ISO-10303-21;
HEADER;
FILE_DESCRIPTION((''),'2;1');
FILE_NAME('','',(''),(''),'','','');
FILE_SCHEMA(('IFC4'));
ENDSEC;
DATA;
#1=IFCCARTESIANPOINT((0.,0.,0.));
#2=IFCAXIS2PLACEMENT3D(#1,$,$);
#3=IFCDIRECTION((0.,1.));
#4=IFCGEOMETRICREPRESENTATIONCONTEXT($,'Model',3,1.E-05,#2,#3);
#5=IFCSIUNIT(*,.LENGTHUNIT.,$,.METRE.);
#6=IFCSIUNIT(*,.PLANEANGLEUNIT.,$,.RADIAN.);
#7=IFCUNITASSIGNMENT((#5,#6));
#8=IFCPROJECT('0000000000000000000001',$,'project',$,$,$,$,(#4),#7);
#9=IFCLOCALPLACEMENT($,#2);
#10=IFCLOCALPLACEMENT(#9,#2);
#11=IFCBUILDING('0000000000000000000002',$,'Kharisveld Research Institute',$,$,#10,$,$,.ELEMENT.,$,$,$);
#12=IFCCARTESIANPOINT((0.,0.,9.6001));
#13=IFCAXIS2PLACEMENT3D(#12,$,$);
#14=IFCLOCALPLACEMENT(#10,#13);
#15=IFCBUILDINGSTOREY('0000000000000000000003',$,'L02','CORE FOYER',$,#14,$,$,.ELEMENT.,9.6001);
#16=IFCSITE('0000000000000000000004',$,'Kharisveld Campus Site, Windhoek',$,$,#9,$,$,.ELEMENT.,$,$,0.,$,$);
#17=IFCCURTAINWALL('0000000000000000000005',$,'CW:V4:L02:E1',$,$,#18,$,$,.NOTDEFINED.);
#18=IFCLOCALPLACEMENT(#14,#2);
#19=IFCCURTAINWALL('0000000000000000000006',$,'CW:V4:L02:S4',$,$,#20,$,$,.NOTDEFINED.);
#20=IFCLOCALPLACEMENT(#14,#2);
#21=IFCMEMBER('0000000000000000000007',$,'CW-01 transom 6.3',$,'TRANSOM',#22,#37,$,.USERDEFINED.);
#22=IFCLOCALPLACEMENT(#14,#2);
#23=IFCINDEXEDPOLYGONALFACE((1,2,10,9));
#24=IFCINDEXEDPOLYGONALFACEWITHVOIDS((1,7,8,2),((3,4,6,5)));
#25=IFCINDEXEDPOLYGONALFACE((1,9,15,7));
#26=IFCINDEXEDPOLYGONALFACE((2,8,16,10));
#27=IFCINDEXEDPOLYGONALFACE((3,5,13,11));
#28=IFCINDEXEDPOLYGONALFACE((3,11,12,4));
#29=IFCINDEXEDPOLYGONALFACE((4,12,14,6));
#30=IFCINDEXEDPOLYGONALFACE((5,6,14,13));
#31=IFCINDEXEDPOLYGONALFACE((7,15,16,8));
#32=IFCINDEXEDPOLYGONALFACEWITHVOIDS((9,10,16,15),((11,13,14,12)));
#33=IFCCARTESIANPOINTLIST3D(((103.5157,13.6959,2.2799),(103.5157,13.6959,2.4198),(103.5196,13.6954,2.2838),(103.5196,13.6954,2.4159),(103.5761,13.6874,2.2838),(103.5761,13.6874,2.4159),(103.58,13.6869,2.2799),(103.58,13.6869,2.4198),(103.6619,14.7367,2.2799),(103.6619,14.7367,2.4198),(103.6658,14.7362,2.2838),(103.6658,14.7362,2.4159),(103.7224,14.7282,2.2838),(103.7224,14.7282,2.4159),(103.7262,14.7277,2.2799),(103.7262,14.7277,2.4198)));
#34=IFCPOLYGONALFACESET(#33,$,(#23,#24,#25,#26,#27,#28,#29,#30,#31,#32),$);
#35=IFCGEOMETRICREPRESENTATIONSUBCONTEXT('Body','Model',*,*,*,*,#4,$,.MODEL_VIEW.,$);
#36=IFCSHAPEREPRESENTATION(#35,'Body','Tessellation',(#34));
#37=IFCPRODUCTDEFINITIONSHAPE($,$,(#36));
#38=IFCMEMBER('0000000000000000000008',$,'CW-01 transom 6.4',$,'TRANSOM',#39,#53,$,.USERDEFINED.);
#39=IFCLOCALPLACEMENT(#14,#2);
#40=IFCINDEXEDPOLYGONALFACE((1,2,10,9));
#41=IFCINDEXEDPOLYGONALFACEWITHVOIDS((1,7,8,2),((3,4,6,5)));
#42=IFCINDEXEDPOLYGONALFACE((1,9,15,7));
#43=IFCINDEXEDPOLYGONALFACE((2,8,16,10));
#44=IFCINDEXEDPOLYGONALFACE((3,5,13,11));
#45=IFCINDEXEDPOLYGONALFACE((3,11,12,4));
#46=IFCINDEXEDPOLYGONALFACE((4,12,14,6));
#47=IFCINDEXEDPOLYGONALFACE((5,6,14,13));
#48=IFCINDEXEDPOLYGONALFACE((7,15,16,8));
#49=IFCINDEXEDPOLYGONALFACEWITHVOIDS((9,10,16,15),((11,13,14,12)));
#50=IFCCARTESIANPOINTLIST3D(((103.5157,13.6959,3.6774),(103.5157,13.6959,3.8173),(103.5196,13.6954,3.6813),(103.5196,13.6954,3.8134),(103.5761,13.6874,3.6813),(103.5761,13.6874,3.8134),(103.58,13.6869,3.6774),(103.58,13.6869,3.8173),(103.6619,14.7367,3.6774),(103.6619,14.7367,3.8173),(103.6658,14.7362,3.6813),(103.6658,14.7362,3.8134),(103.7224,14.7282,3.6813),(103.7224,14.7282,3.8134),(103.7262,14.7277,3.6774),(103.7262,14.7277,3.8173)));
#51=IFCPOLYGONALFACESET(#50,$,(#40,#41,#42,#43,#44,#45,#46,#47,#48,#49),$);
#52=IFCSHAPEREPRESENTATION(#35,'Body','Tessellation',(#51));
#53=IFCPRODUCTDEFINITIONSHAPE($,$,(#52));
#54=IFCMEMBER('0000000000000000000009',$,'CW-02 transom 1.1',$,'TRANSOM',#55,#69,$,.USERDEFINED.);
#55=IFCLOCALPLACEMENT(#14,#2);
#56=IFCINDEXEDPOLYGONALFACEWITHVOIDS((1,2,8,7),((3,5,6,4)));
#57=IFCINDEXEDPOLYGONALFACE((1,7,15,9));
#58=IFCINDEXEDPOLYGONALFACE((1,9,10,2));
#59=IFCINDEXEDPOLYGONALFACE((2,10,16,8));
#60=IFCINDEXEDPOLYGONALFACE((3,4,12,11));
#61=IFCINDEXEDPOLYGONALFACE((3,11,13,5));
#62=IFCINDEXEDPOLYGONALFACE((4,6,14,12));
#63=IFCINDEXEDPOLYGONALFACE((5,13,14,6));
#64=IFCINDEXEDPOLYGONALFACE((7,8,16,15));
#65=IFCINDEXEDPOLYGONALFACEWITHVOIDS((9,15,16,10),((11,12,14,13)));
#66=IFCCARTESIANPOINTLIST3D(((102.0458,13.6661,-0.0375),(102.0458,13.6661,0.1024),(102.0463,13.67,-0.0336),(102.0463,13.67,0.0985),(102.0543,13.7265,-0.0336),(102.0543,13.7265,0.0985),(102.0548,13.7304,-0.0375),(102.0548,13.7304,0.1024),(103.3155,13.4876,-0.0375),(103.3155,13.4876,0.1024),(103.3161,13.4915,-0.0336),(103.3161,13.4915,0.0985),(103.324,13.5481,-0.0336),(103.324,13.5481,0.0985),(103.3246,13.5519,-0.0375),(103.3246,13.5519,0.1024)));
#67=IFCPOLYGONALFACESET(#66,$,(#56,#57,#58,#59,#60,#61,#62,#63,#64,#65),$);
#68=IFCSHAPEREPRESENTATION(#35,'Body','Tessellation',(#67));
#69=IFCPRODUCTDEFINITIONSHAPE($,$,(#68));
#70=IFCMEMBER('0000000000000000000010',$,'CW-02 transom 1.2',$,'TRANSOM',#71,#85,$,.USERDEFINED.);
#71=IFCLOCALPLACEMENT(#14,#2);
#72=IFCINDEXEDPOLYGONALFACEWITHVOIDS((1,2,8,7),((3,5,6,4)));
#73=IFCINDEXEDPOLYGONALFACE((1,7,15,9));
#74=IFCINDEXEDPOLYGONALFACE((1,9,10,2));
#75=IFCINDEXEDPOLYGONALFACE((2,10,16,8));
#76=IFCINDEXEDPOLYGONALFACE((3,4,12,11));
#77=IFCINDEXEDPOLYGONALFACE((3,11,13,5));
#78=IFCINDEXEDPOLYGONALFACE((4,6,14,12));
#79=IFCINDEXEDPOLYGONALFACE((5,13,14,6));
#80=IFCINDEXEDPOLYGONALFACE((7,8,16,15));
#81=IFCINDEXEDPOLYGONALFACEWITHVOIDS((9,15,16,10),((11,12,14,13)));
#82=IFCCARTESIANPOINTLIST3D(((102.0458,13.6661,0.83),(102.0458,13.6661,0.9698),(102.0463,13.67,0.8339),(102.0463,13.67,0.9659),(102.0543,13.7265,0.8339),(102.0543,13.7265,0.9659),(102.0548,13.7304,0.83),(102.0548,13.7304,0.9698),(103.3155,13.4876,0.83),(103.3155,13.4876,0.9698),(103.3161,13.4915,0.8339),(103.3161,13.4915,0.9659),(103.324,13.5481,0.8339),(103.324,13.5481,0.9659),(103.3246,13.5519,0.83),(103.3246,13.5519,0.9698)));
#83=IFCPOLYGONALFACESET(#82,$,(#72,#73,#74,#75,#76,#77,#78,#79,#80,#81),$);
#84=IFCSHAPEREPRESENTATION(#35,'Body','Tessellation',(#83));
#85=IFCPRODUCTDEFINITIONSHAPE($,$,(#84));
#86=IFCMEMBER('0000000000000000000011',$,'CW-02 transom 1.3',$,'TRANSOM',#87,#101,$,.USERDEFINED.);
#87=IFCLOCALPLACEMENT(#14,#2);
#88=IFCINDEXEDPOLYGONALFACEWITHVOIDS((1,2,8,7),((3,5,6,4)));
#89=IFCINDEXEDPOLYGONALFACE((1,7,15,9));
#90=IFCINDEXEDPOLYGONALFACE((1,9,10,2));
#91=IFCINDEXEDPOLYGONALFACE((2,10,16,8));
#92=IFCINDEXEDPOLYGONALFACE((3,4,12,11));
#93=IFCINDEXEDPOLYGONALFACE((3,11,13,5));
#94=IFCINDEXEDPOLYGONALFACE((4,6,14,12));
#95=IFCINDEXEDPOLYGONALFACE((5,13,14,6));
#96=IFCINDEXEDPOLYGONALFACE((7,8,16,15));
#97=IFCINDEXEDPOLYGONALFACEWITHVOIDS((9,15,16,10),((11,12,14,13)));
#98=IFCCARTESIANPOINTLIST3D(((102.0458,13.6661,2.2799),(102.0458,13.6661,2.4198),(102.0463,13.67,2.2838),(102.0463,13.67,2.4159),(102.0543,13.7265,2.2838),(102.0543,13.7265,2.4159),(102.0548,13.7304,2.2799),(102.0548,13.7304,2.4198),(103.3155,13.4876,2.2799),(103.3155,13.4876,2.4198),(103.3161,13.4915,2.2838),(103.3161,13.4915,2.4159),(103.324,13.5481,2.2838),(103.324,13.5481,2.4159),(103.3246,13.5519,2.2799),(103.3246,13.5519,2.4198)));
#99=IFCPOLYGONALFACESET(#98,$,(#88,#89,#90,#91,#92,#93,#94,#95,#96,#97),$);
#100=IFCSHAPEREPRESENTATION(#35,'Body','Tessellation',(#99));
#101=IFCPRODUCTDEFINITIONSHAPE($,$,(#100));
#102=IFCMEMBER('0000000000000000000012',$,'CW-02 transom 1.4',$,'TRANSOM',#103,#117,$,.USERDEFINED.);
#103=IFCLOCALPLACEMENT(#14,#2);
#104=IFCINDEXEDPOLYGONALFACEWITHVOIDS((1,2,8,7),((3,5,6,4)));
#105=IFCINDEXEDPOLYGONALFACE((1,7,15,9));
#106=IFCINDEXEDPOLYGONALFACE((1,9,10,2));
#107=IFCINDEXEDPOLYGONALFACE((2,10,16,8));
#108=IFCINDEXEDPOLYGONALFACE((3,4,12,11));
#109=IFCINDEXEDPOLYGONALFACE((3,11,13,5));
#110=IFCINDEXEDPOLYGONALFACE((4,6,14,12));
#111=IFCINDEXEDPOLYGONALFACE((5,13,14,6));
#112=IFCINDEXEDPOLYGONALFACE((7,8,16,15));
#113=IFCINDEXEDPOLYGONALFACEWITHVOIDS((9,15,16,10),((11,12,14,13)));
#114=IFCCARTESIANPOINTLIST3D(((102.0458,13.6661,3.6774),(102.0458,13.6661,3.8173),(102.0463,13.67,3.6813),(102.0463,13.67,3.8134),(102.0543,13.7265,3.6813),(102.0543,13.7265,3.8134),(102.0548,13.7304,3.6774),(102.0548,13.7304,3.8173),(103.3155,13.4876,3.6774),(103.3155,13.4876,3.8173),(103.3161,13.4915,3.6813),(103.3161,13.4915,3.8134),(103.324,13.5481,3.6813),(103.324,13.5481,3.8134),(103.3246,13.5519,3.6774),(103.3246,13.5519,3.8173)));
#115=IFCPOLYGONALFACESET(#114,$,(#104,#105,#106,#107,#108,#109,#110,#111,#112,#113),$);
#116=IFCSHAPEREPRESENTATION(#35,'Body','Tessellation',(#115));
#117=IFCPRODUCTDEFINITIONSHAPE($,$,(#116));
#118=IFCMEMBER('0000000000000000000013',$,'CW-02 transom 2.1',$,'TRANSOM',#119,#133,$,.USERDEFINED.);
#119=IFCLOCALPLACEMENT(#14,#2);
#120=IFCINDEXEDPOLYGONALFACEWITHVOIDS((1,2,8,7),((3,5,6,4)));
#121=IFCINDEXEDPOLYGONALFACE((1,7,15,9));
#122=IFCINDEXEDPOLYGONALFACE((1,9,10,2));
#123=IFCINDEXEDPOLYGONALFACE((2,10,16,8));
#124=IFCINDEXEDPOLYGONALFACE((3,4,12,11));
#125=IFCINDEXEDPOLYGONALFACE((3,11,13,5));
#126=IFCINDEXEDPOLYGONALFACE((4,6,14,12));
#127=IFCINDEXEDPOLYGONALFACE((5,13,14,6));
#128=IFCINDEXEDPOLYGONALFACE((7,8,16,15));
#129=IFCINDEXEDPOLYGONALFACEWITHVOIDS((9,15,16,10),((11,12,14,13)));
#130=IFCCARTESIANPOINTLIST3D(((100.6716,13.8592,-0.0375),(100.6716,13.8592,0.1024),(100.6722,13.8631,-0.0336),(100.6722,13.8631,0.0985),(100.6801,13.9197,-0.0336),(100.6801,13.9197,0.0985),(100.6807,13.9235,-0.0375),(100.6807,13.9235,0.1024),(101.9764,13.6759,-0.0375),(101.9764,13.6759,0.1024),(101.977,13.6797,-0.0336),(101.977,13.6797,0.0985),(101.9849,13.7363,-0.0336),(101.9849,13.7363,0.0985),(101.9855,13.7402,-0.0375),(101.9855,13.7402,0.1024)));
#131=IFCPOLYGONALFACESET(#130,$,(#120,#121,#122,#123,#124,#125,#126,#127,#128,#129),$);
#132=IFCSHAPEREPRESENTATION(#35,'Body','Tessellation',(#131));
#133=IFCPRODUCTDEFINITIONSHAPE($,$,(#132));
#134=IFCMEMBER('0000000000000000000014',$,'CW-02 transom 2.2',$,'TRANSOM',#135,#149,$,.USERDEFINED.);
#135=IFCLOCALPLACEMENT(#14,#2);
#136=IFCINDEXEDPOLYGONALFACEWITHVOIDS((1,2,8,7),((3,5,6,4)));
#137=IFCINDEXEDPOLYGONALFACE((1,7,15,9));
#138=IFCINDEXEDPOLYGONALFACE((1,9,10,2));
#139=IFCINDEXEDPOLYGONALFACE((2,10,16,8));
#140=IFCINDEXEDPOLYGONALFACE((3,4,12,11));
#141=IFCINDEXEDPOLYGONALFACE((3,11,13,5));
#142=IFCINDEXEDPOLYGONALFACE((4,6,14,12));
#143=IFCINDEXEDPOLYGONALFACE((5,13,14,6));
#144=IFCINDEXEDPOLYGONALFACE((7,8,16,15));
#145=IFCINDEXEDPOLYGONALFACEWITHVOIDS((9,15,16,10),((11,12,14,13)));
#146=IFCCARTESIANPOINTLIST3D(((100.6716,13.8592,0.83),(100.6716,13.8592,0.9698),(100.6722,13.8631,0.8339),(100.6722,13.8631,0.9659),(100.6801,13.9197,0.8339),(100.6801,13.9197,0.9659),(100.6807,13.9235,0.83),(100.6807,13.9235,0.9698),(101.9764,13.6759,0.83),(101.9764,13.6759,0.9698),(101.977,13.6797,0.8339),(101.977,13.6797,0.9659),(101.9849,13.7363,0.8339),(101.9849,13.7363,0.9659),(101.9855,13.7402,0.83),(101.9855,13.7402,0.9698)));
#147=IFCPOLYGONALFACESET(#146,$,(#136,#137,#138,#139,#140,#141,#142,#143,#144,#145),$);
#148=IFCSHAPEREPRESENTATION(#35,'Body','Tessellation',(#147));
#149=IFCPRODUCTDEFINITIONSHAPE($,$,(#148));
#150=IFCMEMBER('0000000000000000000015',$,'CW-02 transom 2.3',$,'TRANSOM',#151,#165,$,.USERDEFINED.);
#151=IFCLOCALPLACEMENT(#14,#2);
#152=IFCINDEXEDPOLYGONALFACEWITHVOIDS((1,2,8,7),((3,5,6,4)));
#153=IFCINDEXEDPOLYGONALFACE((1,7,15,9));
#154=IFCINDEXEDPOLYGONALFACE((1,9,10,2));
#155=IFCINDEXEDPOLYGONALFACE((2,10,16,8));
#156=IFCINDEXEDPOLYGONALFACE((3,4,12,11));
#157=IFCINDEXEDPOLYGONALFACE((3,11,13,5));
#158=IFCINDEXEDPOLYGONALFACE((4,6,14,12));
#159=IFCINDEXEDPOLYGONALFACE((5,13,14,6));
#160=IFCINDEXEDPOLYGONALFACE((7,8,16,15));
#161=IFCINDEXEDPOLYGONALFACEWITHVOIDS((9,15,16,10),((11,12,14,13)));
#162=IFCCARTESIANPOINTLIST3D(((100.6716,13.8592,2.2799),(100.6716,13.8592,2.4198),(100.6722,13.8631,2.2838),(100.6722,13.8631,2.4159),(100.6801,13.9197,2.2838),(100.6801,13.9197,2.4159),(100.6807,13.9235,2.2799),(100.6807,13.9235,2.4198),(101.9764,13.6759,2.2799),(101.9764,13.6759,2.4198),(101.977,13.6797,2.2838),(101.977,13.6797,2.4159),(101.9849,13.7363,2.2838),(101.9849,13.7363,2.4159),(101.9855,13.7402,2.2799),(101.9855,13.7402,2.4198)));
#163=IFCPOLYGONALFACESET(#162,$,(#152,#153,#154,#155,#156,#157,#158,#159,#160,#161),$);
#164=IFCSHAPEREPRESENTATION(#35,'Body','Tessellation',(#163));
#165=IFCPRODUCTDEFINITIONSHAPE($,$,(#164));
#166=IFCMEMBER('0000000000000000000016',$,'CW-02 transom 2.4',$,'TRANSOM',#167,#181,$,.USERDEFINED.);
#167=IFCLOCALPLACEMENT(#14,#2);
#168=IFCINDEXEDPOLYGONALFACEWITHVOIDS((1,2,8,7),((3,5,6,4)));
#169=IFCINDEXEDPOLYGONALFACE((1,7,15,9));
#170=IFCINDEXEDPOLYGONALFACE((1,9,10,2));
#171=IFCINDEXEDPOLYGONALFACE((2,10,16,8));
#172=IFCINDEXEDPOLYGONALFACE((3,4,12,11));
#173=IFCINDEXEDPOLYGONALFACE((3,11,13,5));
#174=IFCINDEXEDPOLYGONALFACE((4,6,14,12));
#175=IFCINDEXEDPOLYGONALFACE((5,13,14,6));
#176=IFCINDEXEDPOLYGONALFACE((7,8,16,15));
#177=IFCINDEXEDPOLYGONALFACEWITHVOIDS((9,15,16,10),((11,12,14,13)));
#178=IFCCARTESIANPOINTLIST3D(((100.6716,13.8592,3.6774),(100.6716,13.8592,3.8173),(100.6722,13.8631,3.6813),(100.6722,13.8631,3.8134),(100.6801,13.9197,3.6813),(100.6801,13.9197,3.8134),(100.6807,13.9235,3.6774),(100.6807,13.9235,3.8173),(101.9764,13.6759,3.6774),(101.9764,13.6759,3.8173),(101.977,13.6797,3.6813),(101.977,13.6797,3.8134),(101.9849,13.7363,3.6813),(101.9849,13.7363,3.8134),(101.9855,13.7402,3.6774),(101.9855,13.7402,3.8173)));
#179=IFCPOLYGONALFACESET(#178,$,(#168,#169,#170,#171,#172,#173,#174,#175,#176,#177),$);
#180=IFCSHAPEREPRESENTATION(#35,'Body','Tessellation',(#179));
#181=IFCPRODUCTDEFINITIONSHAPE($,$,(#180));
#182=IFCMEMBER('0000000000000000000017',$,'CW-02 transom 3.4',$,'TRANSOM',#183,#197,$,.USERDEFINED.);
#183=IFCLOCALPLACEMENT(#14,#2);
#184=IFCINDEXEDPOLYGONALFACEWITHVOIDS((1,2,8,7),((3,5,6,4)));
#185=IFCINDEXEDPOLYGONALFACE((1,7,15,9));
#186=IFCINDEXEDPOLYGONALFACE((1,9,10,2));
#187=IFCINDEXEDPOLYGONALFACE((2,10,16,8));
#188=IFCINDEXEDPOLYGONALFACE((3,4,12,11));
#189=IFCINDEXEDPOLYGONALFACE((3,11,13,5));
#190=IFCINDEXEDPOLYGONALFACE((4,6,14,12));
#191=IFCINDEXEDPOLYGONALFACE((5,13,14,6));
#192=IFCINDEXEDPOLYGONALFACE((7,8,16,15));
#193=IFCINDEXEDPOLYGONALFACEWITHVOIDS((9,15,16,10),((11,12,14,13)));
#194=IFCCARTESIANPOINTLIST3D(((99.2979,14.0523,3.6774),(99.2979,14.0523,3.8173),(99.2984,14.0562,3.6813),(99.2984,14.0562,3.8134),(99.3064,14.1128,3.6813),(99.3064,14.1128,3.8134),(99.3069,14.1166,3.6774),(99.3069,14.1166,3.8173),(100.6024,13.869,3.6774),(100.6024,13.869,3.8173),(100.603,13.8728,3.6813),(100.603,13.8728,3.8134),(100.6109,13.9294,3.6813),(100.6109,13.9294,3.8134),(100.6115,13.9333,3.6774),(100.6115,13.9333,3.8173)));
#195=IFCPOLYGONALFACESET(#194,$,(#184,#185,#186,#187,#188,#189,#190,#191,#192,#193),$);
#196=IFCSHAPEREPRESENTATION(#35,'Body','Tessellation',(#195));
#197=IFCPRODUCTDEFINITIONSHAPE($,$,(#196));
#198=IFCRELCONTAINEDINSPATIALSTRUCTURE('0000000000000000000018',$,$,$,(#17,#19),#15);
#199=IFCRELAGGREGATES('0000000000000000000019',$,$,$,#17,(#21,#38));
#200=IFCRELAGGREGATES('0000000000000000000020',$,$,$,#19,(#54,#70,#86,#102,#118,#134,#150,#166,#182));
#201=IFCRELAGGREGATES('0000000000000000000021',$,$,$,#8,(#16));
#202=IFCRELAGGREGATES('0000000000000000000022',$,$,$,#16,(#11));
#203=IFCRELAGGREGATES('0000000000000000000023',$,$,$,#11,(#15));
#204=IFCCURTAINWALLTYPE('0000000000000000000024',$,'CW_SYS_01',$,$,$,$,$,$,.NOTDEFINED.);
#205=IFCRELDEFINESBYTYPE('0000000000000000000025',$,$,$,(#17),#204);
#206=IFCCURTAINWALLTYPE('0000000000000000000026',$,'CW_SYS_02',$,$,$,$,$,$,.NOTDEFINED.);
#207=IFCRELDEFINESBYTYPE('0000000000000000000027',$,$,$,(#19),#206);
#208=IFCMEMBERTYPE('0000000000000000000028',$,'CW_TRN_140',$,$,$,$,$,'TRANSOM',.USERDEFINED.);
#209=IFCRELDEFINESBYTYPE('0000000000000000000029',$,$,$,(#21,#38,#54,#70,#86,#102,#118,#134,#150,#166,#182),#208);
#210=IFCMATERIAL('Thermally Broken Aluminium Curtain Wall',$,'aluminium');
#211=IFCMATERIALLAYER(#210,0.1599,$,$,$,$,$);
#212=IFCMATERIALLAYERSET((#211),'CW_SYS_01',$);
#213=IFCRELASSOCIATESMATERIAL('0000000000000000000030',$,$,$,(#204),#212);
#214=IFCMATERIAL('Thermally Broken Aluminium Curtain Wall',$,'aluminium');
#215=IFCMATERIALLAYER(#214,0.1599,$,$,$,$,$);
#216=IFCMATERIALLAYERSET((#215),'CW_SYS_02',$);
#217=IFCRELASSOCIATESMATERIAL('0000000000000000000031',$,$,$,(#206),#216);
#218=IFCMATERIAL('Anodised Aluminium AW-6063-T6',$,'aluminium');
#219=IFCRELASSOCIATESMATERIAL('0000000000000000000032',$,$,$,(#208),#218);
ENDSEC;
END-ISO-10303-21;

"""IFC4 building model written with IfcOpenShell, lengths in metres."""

from ifc_helpers import new_model, si_unit, direction, frame, origin, origin_2d, place, context, subcontext, project, spatial, hollow_rectangle, extrude, material, layer, layer_set, material_profile, profile_set, type_object, element, aggregate, save


model = new_model("IFC4")

# Units and contexts
model_context = context("Model", 3, precision=1e-05, world=origin(), true_north=direction((0.0, 1.0)))
body_context = subcontext(model_context, "Body", "Model", "MODEL_VIEW")
ifc_project = project(units=[si_unit("LENGTHUNIT", "METRE"), si_unit("PLANEANGLEUNIT", "RADIAN")], contexts=[model_context])

# Site, building, storey
site_placement = place(None, origin())
site = spatial("IfcSite", under=ifc_project, at=site_placement, Name="Kharisveld Campus Site, Windhoek", CompositionType="ELEMENT", RefElevation=0.0)
building_placement = place(site_placement, origin())
building = spatial("IfcBuilding", under=site, at=building_placement, Name="Kharisveld Research Institute", CompositionType="ELEMENT")
storey_placement = place(building_placement, frame((0.0, 0.0, 9.6001)))
storey = spatial("IfcBuildingStorey", under=building, at=storey_placement, Name="L02", Description="CORE FOYER", CompositionType="ELEMENT", Elevation=9.6001)

# Curtain walls
ifc_material_1 = material(Name="Thermally Broken Aluminium Curtain Wall", Category="aluminium")
ifc_layer_1 = layer(ifc_material_1, 0.1599)
ifc_layer_set_1 = layer_set([ifc_layer_1], Name="CW_SYS_01")
curtain_wall_type_1 = type_object("IfcCurtainWallType", Name="CW_SYS_01", PredefinedType="NOTDEFINED", material=ifc_layer_set_1)
curtain_wall_1_placement = place(storey_placement, origin())
curtain_wall_1 = element("IfcCurtainWall", 1, at=curtain_wall_1_placement, inside=storey, type_object=curtain_wall_type_1, Name="CW:V4:L02:E1", PredefinedType="NOTDEFINED")
ifc_material_2 = material(Name="Thermally Broken Aluminium Curtain Wall", Category="aluminium")
ifc_layer_2 = layer(ifc_material_2, 0.1599)
ifc_layer_set_2 = layer_set([ifc_layer_2], Name="CW_SYS_02")
curtain_wall_type_2 = type_object("IfcCurtainWallType", Name="CW_SYS_02", PredefinedType="NOTDEFINED", material=ifc_layer_set_2)
curtain_wall_2_placement = place(storey_placement, origin())
curtain_wall_2 = element("IfcCurtainWall", 2, at=curtain_wall_2_placement, inside=storey, type_object=curtain_wall_type_2, Name="CW:V4:L02:S4", PredefinedType="NOTDEFINED")

# Members
ifc_material_3 = material(Name="Anodised Aluminium AW-6063-T6", Category="aluminium")
ifc_material_profile_1 = material_profile(ifc_material_3, hollow_rectangle(XDim=0.0649, YDim=0.1399, WallThickness=0.0039, at=origin_2d()))
ifc_profile_set_1 = profile_set([ifc_material_profile_1], Name="Anodised Aluminium AW-6063-T6")
member_type_1 = type_object("IfcMemberType", Name="CW_TRN_140", ElementType="TRANSOM", PredefinedType="USERDEFINED", material=ifc_profile_set_1)
member_1_placement = place(storey_placement, frame((103.6941, 14.7322, 2.3499), z_axis=(-0.139144, -0.990272, 0.0), x_axis=(0.990272, -0.139144, 0.0)))
member_1 = element("IfcMember", 3, at=member_1_placement, type_object=member_type_1, Name="CW-01 transom 6.3", ObjectType="TRANSOM", PredefinedType="USERDEFINED", context=body_context, shape_type="SweptSolid", body=[
    extrude(hollow_rectangle(XDim=0.0649, YDim=0.1399, WallThickness=0.0039, at=origin_2d()), origin(), (0.0, 0.0, 1.0), 1.051),
])
member_2_placement = place(storey_placement, frame((103.6941, 14.7322, 3.7473), z_axis=(-0.139144, -0.990272, 0.0), x_axis=(0.990272, -0.139144, 0.0)))
member_2 = element("IfcMember", 4, at=member_2_placement, type_object=member_type_1, Name="CW-01 transom 6.4", ObjectType="TRANSOM", PredefinedType="USERDEFINED", context=body_context, shape_type="SweptSolid", body=[
    extrude(hollow_rectangle(XDim=0.0649, YDim=0.1399, WallThickness=0.0039, at=origin_2d()), origin(), (0.0, 0.0, 1.0), 1.051),
])
member_3_placement = place(storey_placement, frame((103.3201, 13.5198, 0.0325), z_axis=(-0.990267, 0.139182, 0.0), x_axis=(-0.139182, -0.990267, 0.0)))
member_3 = element("IfcMember", 5, at=member_3_placement, type_object=member_type_1, Name="CW-02 transom 1.1", ObjectType="TRANSOM", PredefinedType="USERDEFINED", context=body_context, shape_type="SweptSolid", body=[
    extrude(hollow_rectangle(XDim=0.0649, YDim=0.1399, WallThickness=0.0039, at=origin_2d()), origin(), (0.0, 0.0, 1.0), 1.2822),
])
member_4_placement = place(storey_placement, frame((103.3201, 13.5198, 0.8999), z_axis=(-0.990267, 0.139182, 0.0), x_axis=(-0.139182, -0.990267, 0.0)))
member_4 = element("IfcMember", 6, at=member_4_placement, type_object=member_type_1, Name="CW-02 transom 1.2", ObjectType="TRANSOM", PredefinedType="USERDEFINED", context=body_context, shape_type="SweptSolid", body=[
    extrude(hollow_rectangle(XDim=0.0649, YDim=0.1399, WallThickness=0.0039, at=origin_2d()), origin(), (0.0, 0.0, 1.0), 1.2822),
])
member_5_placement = place(storey_placement, frame((103.3201, 13.5198, 2.3499), z_axis=(-0.990267, 0.139182, 0.0), x_axis=(-0.139182, -0.990267, 0.0)))
member_5 = element("IfcMember", 7, at=member_5_placement, type_object=member_type_1, Name="CW-02 transom 1.3", ObjectType="TRANSOM", PredefinedType="USERDEFINED", context=body_context, shape_type="SweptSolid", body=[
    extrude(hollow_rectangle(XDim=0.0649, YDim=0.1399, WallThickness=0.0039, at=origin_2d()), origin(), (0.0, 0.0, 1.0), 1.2822),
])
member_6_placement = place(storey_placement, frame((103.3201, 13.5198, 3.7473), z_axis=(-0.990267, 0.139182, 0.0), x_axis=(-0.139182, -0.990267, 0.0)))
member_6 = element("IfcMember", 8, at=member_6_placement, type_object=member_type_1, Name="CW-02 transom 1.4", ObjectType="TRANSOM", PredefinedType="USERDEFINED", context=body_context, shape_type="SweptSolid", body=[
    extrude(hollow_rectangle(XDim=0.0649, YDim=0.1399, WallThickness=0.0039, at=origin_2d()), origin(), (0.0, 0.0, 1.0), 1.2822),
])
member_7_placement = place(storey_placement, frame((101.981, 13.708, 0.0325), z_axis=(-0.990269, 0.139164, 0.0), x_axis=(-0.139164, -0.990269, 0.0)))
member_7 = element("IfcMember", 9, at=member_7_placement, type_object=member_type_1, Name="CW-02 transom 2.1", ObjectType="TRANSOM", PredefinedType="USERDEFINED", context=body_context, shape_type="SweptSolid", body=[
    extrude(hollow_rectangle(XDim=0.0649, YDim=0.1399, WallThickness=0.0039, at=origin_2d()), origin(), (0.0, 0.0, 1.0), 1.3176),
])
member_8_placement = place(storey_placement, frame((101.981, 13.708, 0.8999), z_axis=(-0.990269, 0.139164, 0.0), x_axis=(-0.139164, -0.990269, 0.0)))
member_8 = element("IfcMember", 10, at=member_8_placement, type_object=member_type_1, Name="CW-02 transom 2.2", ObjectType="TRANSOM", PredefinedType="USERDEFINED", context=body_context, shape_type="SweptSolid", body=[
    extrude(hollow_rectangle(XDim=0.0649, YDim=0.1399, WallThickness=0.0039, at=origin_2d()), origin(), (0.0, 0.0, 1.0), 1.3176),
])
member_9_placement = place(storey_placement, frame((101.981, 13.708, 2.3499), z_axis=(-0.990269, 0.139164, 0.0), x_axis=(-0.139164, -0.990269, 0.0)))
member_9 = element("IfcMember", 11, at=member_9_placement, type_object=member_type_1, Name="CW-02 transom 2.3", ObjectType="TRANSOM", PredefinedType="USERDEFINED", context=body_context, shape_type="SweptSolid", body=[
    extrude(hollow_rectangle(XDim=0.0649, YDim=0.1399, WallThickness=0.0039, at=origin_2d()), origin(), (0.0, 0.0, 1.0), 1.3176),
])
member_10_placement = place(storey_placement, frame((101.981, 13.708, 3.7473), z_axis=(-0.990269, 0.139164, 0.0), x_axis=(-0.139164, -0.990269, 0.0)))
member_10 = element("IfcMember", 12, at=member_10_placement, type_object=member_type_1, Name="CW-02 transom 2.4", ObjectType="TRANSOM", PredefinedType="USERDEFINED", context=body_context, shape_type="SweptSolid", body=[
    extrude(hollow_rectangle(XDim=0.0649, YDim=0.1399, WallThickness=0.0039, at=origin_2d()), origin(), (0.0, 0.0, 1.0), 1.3176),
])
member_11_placement = place(storey_placement, frame((100.6069, 13.9011, 3.7473), z_axis=(-0.990266, 0.13919, 0.0), x_axis=(-0.13919, -0.990266, 0.0)))
member_11 = element("IfcMember", 13, at=member_11_placement, type_object=member_type_1, Name="CW-02 transom 3.4", ObjectType="TRANSOM", PredefinedType="USERDEFINED", context=body_context, shape_type="SweptSolid", body=[
    extrude(hollow_rectangle(XDim=0.0649, YDim=0.1399, WallThickness=0.0039, at=origin_2d()), origin(), (0.0, 0.0, 1.0), 1.3174),
])

aggregate(curtain_wall_1, [member_1, member_2])
aggregate(curtain_wall_2, [member_3, member_4, member_5, member_6, member_7, member_8, member_9, member_10, member_11])

save(model, "model.ifc")
